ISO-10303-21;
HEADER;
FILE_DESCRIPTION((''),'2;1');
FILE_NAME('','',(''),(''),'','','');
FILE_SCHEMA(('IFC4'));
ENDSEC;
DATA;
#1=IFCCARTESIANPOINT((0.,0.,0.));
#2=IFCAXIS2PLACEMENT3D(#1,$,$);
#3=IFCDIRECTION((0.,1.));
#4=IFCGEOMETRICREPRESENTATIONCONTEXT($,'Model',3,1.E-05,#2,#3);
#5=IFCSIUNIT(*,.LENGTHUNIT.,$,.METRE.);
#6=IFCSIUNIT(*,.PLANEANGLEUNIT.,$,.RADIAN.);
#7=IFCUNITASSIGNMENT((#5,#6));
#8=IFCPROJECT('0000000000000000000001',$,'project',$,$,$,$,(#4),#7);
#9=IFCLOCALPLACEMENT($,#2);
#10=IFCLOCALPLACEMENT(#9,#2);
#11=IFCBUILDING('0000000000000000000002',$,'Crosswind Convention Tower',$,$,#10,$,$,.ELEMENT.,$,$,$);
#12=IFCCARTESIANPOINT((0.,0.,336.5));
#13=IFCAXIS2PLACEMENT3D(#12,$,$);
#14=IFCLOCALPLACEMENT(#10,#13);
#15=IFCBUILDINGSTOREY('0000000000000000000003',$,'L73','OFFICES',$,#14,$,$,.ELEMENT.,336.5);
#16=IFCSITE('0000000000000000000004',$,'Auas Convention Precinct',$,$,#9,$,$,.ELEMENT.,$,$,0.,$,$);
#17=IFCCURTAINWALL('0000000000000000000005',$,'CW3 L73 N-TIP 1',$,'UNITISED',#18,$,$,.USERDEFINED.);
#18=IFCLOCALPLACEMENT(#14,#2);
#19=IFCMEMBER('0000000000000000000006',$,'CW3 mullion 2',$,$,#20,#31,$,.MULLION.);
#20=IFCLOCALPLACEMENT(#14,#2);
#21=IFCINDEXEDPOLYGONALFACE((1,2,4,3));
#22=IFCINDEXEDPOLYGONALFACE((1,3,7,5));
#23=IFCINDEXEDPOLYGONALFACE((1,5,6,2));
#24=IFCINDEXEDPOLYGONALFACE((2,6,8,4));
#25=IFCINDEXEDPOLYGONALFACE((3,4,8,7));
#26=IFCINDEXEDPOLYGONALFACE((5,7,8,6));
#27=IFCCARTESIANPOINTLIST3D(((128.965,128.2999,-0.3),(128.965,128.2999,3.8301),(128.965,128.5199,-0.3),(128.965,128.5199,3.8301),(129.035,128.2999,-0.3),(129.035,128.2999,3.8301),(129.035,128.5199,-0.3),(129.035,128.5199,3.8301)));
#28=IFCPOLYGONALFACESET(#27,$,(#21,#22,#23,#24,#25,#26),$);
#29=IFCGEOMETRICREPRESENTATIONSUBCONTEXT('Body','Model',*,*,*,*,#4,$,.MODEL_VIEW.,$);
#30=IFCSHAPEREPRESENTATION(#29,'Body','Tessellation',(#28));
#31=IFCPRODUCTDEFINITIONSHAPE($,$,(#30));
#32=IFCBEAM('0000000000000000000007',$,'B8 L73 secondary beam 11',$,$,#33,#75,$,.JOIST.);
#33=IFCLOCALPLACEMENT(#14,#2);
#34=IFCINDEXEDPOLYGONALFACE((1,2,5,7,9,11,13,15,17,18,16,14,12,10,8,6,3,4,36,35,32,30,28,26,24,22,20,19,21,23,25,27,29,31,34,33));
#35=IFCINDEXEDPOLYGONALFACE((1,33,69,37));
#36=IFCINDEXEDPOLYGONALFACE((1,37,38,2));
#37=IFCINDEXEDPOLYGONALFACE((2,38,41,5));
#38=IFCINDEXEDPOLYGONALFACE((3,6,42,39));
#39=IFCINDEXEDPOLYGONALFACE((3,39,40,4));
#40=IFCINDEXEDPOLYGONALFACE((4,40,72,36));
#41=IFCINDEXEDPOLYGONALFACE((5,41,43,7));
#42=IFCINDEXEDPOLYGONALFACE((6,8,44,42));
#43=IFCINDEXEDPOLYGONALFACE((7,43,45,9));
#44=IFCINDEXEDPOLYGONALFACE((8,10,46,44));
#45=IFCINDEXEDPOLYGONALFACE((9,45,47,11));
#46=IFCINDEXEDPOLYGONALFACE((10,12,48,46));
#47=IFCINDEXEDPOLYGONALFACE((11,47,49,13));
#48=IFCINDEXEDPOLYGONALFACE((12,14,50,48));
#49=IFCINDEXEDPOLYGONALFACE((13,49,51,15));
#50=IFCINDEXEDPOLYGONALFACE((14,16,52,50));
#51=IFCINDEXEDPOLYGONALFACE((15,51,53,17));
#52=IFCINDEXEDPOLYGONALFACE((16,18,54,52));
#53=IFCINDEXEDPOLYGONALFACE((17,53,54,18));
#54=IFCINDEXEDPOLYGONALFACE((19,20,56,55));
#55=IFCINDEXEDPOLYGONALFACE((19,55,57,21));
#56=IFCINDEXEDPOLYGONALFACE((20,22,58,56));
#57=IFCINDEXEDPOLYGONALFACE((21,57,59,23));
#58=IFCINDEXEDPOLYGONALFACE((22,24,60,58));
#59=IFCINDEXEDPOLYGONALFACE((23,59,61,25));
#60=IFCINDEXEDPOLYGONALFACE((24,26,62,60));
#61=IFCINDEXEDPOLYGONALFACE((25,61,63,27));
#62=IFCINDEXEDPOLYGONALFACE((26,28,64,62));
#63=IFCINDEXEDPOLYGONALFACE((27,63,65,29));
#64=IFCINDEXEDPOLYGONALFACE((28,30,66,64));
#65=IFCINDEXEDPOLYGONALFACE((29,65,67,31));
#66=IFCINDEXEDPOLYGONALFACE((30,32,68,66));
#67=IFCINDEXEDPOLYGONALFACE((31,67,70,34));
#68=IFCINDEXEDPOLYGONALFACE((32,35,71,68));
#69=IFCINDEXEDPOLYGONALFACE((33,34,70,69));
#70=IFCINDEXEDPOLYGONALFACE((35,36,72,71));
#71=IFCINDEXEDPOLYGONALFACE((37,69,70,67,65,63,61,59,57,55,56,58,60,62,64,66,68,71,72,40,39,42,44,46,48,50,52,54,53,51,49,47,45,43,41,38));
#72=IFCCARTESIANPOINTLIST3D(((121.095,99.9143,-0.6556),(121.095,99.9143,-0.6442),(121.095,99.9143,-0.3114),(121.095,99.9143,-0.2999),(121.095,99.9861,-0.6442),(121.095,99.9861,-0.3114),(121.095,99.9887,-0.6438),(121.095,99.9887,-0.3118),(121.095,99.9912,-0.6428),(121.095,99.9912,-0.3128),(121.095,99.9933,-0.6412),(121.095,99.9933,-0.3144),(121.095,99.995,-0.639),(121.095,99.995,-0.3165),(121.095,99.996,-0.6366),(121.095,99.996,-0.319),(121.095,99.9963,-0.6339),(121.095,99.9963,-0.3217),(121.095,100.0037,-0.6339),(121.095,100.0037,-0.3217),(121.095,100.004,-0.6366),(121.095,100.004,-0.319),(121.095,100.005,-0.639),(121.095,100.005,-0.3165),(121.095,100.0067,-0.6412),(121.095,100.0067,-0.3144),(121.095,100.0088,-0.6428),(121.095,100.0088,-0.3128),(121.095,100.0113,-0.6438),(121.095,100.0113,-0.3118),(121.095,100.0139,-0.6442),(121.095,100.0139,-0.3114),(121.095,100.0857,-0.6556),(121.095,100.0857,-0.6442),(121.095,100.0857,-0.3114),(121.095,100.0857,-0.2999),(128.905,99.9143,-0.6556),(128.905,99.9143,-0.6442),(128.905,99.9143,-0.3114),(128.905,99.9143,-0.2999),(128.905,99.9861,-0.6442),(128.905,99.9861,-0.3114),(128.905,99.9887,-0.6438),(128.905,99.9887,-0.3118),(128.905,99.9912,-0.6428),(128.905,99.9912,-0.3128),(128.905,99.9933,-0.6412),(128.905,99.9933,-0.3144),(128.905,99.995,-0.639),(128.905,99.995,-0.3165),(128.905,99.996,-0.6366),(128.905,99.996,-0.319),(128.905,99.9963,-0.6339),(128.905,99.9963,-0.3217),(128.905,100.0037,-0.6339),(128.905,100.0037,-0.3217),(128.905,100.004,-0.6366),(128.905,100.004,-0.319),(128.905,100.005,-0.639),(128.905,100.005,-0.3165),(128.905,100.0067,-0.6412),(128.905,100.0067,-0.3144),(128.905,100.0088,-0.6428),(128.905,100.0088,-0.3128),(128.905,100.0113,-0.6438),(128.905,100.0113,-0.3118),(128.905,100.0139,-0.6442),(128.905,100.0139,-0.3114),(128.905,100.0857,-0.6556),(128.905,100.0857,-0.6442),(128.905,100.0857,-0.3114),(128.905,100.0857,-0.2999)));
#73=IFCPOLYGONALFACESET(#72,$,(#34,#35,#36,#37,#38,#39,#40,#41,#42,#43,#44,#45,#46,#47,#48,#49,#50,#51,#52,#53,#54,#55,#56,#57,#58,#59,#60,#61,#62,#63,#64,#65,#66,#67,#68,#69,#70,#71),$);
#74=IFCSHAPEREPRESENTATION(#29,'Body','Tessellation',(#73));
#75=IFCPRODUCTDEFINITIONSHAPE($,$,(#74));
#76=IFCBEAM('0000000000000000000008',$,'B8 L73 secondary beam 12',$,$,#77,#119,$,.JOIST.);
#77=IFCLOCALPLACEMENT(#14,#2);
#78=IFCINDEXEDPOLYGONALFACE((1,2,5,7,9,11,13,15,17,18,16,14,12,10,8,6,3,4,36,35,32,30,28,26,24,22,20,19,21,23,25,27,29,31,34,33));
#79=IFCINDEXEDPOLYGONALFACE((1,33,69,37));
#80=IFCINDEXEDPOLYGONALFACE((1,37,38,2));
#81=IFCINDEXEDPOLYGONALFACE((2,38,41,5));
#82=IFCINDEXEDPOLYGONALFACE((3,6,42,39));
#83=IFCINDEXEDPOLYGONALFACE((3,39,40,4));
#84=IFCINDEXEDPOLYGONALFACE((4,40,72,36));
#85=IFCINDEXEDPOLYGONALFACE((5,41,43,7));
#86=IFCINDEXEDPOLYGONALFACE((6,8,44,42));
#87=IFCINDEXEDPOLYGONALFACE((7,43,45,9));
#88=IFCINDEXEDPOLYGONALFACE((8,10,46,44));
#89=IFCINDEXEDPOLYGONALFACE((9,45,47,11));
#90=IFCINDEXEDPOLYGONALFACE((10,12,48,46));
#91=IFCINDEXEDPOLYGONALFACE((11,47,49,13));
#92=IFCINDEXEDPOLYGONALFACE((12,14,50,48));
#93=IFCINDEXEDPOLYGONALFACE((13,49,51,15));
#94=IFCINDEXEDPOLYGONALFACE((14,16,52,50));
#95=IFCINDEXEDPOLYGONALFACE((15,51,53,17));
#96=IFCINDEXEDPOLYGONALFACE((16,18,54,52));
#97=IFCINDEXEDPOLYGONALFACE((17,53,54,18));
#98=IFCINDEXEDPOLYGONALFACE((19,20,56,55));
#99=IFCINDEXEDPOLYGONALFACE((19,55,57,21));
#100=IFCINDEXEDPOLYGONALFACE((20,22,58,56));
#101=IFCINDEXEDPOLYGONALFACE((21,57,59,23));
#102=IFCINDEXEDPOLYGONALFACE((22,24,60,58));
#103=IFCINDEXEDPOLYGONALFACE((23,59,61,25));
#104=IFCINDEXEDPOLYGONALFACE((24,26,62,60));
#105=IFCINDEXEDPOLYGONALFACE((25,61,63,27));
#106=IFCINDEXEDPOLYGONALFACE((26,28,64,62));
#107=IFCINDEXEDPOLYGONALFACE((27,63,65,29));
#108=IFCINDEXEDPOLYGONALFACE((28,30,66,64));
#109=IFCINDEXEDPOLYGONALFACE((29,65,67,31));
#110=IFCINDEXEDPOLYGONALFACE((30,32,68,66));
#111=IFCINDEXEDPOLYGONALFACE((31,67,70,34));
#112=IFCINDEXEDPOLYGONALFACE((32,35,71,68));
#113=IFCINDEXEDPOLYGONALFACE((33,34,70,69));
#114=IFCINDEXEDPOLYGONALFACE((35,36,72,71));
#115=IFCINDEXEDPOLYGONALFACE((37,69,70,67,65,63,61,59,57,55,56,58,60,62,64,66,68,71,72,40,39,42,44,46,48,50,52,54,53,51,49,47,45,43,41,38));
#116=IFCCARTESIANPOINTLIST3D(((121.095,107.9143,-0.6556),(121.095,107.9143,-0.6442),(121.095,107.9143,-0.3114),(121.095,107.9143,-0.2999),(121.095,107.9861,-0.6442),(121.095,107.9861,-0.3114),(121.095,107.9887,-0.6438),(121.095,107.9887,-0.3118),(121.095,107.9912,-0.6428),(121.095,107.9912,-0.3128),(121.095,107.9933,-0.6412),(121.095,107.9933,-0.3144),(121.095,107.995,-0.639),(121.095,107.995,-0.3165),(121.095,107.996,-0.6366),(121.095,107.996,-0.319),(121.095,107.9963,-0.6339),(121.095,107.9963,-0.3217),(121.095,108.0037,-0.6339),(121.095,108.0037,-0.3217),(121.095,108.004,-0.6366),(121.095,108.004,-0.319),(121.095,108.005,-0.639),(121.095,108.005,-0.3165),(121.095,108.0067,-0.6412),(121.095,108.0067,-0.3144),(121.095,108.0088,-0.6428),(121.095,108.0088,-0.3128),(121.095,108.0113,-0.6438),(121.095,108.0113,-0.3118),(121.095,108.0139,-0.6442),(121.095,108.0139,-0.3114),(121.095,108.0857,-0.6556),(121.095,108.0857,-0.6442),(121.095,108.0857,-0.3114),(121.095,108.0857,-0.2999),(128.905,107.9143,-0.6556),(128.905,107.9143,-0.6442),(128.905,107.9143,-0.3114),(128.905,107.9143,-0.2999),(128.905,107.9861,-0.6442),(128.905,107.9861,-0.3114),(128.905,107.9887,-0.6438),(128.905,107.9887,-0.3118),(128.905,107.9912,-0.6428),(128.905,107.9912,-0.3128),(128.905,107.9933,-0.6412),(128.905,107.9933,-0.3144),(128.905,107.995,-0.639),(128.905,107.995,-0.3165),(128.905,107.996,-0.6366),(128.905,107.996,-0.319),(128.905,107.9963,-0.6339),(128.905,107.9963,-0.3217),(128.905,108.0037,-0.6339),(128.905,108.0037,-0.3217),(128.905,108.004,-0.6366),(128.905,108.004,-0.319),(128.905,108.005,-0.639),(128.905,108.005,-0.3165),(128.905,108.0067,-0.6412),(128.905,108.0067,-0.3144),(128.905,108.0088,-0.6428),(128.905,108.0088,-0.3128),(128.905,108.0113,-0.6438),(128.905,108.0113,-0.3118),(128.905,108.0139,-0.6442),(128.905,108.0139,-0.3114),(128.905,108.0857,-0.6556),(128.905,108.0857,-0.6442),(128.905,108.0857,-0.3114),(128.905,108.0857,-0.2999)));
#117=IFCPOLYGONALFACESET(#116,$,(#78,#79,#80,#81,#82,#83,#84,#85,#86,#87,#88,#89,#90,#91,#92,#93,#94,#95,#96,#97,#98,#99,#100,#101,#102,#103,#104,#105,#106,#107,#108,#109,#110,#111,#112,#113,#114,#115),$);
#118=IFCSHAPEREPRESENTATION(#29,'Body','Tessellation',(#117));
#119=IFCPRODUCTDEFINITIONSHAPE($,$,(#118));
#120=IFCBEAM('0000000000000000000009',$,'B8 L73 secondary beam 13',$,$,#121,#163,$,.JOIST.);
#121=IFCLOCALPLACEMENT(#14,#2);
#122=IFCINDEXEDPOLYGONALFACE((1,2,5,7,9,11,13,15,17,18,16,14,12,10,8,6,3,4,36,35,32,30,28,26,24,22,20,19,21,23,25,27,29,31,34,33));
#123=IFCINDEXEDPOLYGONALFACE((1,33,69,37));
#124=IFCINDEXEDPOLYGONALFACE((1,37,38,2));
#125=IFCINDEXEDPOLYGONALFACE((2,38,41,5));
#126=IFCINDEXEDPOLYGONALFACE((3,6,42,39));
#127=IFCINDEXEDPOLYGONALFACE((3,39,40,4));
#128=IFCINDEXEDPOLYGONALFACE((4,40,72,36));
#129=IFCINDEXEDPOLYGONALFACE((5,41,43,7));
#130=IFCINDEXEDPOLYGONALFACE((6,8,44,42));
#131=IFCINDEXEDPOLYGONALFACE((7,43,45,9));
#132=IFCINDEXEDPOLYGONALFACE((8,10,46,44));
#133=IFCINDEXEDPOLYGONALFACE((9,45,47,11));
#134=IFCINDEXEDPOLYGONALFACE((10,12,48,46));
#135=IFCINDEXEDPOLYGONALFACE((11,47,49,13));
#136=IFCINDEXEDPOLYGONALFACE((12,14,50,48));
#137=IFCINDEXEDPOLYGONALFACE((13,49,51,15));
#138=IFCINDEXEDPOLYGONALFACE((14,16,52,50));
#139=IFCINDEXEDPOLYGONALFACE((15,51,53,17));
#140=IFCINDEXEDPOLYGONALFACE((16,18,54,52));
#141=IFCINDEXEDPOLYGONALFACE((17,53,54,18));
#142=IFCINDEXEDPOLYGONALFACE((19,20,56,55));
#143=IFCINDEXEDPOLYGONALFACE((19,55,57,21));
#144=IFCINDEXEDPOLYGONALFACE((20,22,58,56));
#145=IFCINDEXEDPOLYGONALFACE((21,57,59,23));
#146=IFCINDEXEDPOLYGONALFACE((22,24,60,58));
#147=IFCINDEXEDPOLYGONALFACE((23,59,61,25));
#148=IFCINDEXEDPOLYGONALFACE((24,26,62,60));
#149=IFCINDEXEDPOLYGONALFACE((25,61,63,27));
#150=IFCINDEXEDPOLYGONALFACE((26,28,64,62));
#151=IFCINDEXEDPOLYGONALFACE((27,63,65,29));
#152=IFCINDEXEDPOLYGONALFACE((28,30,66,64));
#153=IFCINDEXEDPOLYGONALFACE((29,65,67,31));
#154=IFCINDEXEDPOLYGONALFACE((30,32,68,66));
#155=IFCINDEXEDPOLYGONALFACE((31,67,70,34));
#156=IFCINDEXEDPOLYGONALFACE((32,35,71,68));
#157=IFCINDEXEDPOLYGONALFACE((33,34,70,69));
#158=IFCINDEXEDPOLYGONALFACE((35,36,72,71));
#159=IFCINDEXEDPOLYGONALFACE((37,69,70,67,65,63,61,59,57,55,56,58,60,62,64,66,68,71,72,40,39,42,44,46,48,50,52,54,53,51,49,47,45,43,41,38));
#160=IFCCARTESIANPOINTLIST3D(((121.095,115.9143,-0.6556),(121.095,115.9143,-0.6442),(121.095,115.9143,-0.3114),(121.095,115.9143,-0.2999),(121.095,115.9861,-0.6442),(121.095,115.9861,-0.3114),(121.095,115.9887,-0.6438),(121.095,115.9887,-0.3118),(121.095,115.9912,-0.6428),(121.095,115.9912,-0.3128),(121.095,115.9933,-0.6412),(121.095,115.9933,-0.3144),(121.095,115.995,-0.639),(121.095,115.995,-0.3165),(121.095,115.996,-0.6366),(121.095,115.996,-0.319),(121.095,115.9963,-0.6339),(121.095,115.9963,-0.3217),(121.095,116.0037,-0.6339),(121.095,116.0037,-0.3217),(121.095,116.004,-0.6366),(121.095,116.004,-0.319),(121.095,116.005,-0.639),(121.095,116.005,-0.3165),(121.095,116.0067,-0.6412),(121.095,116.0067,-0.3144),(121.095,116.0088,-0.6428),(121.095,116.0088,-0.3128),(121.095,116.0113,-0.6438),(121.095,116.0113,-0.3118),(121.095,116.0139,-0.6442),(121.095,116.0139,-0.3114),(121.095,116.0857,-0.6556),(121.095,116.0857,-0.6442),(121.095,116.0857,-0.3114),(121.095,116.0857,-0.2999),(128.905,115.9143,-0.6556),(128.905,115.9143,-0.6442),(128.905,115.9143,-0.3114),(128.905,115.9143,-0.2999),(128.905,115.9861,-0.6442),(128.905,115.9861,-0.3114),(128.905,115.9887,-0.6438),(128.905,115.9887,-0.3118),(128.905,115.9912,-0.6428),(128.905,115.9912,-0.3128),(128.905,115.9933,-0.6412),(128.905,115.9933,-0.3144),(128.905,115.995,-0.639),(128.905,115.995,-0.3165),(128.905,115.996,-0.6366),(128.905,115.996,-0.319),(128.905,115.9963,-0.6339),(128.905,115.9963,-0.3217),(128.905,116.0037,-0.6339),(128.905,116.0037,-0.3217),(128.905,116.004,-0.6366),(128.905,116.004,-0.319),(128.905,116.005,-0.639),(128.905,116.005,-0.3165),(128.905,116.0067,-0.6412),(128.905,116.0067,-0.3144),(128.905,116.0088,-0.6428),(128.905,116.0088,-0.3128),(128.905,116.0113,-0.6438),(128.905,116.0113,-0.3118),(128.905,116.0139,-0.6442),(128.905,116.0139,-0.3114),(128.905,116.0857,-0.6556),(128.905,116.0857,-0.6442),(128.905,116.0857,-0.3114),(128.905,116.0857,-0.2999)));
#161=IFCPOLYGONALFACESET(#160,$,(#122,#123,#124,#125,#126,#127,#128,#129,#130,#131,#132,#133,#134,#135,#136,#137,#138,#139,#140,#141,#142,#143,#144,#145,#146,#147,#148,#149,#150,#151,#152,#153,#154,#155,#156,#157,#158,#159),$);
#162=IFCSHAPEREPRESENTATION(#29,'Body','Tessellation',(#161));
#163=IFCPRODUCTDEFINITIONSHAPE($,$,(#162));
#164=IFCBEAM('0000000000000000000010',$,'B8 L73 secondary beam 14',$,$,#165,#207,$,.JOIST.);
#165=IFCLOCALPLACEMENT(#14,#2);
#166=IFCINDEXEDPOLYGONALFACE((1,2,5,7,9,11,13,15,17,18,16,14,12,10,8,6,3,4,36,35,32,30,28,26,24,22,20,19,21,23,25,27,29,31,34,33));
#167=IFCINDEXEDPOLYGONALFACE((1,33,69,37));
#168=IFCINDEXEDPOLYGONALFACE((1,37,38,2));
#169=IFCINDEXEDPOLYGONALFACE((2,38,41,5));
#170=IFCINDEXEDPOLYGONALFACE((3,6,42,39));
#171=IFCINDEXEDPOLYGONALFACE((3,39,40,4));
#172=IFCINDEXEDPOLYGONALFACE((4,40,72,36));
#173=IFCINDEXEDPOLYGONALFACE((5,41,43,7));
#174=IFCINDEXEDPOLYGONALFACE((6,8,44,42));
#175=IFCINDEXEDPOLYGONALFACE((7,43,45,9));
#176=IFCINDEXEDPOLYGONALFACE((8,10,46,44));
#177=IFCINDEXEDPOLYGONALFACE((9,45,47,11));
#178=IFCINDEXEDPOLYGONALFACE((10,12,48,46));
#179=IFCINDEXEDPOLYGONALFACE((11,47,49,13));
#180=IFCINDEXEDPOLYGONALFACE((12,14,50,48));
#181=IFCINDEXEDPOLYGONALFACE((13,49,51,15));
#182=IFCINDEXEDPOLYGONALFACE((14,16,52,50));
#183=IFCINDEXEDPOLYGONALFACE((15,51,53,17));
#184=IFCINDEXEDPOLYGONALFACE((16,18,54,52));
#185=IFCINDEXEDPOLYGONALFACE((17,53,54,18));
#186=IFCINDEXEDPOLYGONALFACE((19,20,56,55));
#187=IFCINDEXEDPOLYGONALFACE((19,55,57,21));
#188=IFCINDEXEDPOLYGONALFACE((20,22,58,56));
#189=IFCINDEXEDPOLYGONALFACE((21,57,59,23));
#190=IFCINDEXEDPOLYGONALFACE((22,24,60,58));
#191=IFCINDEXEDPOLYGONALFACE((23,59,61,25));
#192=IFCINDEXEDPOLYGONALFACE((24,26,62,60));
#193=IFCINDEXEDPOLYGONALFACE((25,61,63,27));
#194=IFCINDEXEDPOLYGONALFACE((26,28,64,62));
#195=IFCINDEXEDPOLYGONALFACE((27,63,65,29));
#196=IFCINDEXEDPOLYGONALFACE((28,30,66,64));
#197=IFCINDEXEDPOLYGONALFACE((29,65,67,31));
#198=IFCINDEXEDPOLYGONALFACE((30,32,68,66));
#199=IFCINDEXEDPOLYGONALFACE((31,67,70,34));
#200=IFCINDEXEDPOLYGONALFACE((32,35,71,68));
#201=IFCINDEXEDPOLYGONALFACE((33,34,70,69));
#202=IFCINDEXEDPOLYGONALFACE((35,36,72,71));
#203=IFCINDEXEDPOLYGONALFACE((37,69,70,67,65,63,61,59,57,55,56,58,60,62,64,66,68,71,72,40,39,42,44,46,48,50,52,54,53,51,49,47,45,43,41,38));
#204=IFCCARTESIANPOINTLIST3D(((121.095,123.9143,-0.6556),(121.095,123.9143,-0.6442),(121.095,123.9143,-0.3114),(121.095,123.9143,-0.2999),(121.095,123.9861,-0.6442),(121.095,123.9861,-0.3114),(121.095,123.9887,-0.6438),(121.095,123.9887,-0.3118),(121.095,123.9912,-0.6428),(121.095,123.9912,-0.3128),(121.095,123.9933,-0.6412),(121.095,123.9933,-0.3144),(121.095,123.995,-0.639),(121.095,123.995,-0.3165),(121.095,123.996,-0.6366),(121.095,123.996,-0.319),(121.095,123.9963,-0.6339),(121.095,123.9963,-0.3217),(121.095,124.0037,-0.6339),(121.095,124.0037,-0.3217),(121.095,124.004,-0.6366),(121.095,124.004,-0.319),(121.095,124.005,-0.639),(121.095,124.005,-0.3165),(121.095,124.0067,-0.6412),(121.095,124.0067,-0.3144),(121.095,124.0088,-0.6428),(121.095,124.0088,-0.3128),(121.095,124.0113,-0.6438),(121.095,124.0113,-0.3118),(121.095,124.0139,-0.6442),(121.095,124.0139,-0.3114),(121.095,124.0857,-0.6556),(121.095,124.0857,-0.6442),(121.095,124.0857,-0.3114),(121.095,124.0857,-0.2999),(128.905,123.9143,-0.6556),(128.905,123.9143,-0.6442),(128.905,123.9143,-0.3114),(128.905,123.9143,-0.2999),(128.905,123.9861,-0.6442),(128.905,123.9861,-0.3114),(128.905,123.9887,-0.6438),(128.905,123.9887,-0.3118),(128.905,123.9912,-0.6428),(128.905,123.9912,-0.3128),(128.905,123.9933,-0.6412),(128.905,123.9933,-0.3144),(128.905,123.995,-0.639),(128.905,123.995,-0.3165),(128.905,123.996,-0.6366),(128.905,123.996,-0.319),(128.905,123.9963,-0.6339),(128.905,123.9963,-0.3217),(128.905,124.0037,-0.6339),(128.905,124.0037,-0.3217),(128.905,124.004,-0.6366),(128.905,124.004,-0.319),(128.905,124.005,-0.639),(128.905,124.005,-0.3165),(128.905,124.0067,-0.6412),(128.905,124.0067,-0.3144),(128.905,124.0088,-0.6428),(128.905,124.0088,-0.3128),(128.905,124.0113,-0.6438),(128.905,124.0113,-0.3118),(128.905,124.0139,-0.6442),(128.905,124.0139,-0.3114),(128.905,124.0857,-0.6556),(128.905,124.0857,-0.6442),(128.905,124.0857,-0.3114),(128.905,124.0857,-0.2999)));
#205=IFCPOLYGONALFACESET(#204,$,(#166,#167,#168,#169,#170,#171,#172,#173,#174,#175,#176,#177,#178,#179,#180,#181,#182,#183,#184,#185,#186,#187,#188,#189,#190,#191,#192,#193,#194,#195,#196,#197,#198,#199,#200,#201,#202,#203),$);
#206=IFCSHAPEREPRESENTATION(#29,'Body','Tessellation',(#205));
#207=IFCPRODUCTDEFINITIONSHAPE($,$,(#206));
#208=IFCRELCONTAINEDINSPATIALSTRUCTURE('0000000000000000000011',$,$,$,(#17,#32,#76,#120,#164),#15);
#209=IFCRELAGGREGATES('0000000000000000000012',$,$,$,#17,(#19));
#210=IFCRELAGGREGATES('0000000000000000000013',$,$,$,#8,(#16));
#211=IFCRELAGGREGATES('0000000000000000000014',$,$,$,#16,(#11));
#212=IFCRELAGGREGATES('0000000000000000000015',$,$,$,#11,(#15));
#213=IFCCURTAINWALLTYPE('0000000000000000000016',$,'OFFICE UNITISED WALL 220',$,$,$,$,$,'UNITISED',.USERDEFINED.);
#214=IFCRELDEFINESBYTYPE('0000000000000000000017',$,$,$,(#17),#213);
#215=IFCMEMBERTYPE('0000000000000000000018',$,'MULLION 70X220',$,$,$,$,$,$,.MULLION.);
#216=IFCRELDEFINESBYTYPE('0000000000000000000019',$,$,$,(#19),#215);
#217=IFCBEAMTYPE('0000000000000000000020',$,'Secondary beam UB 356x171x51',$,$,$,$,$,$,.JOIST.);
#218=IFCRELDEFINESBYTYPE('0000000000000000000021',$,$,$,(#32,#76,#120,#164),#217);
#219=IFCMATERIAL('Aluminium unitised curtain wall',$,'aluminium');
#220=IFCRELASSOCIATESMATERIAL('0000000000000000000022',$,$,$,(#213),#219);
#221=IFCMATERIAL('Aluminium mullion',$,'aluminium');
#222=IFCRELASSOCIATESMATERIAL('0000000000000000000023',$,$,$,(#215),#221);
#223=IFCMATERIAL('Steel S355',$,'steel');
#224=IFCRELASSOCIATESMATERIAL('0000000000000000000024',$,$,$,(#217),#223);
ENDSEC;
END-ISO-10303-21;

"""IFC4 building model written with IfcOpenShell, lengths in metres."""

from ifc_helpers import new_model, si_unit, direction, frame, origin, origin_2d, place, context, subcontext, project, spatial, rectangle, i_section, extrude, material, material_profile, profile_set, type_object, element, aggregate, save


model = new_model("IFC4")

# Units and contexts
model_context = context("Model", 3, precision=1e-05, world=origin(), true_north=direction((0.0, 1.0)))
body_context = subcontext(model_context, "Body", "Model", "MODEL_VIEW")
ifc_project = project(units=[si_unit("LENGTHUNIT", "METRE"), si_unit("PLANEANGLEUNIT", "RADIAN")], contexts=[model_context])

# Site, building, storey
site_placement = place(None, origin())
site = spatial("IfcSite", under=ifc_project, at=site_placement, Name="Auas Convention Precinct", CompositionType="ELEMENT", RefElevation=0.0)
building_placement = place(site_placement, origin())
building = spatial("IfcBuilding", under=site, at=building_placement, Name="Crosswind Convention Tower", CompositionType="ELEMENT")
storey_placement = place(building_placement, frame((0.0, 0.0, 336.5)))
storey = spatial("IfcBuildingStorey", under=building, at=storey_placement, Name="L73", Description="OFFICES", CompositionType="ELEMENT", Elevation=336.5)

# Shared definitions
ifc_material_1 = material(Name="Steel S355", Category="steel")

# Curtain wall, member
ifc_material_2 = material(Name="Aluminium unitised curtain wall", Category="aluminium")
curtain_wall_type = type_object("IfcCurtainWallType", Name="OFFICE UNITISED WALL 220", ElementType="UNITISED", PredefinedType="USERDEFINED", material=ifc_material_2)
curtain_wall_placement = place(storey_placement, origin())
curtain_wall = element("IfcCurtainWall", 1, at=curtain_wall_placement, inside=storey, type_object=curtain_wall_type, Name="CW3 L73 N-TIP 1", ObjectType="UNITISED", PredefinedType="USERDEFINED")
ifc_material_3 = material(Name="Aluminium mullion", Category="aluminium")
ifc_material_profile_1 = material_profile(ifc_material_3, rectangle(XDim=0.22, YDim=0.0701, at=origin_2d()), Name="AL 220X70")
ifc_profile_set_1 = profile_set([ifc_material_profile_1], Name="Aluminium mullion")
member_type = type_object("IfcMemberType", Name="MULLION 70X220", PredefinedType="MULLION", material=ifc_profile_set_1)
member_placement = place(storey_placement, frame((129.0, 128.4099, -0.3), z_axis=(0.0, 0.0, 1.0), x_axis=(0.0, 1.0, 0.0)))
member = element("IfcMember", 2, at=member_placement, type_object=member_type, Name="CW3 mullion 2", PredefinedType="MULLION", context=body_context, shape_type="SweptSolid", body=[
    extrude(rectangle(XDim=0.22, YDim=0.0701, at=origin_2d()), origin(), (0.0, 0.0, 1.0), 4.1301),
])

# Beams
ifc_material_profile_2 = material_profile(ifc_material_1, i_section(OverallWidth=0.1714, OverallDepth=0.3557, WebThickness=0.0073, FlangeThickness=0.0115, FilletRadius=0.0103, at=origin_2d()), Name="UB 356x171x51")
ifc_profile_set_2 = profile_set([ifc_material_profile_2], Name="Steel S355")
beam_type_1 = type_object("IfcBeamType", Name="Secondary beam UB 356x171x51", PredefinedType="JOIST", material=ifc_profile_set_2)
for number, where, z_axis, x_axis, name in (
    (3, (121.095, 100.0, -0.4778), (1.0, 0.0, 0.0), (0.0, 1.0, 0.0), "B8 L73 secondary beam 11"),
    (4, (121.095, 108.0, -0.4778), (1.0, 0.0, 0.0), (0.0, 1.0, 0.0), "B8 L73 secondary beam 12"),
    (5, (121.095, 116.0, -0.4778), (1.0, 0.0, 0.0), (0.0, 1.0, 0.0), "B8 L73 secondary beam 13"),
    (6, (121.095, 124.0, -0.4778), (1.0, 0.0, 0.0), (0.0, 1.0, 0.0), "B8 L73 secondary beam 14"),
):
    element("IfcBeam", number, at=place(storey_placement, frame(where, z_axis=z_axis, x_axis=x_axis)), inside=storey, type_object=beam_type_1, Name=name, PredefinedType="JOIST", context=body_context, shape_type="SweptSolid", body=[
        extrude(i_section(OverallWidth=0.1714, OverallDepth=0.3557, WebThickness=0.0073, FlangeThickness=0.0115, FilletRadius=0.0103, at=origin_2d()), origin(), (0.0, 0.0, 1.0), 7.8101),
    ])

aggregate(curtain_wall, [member])

save(model, "model.ifc")
